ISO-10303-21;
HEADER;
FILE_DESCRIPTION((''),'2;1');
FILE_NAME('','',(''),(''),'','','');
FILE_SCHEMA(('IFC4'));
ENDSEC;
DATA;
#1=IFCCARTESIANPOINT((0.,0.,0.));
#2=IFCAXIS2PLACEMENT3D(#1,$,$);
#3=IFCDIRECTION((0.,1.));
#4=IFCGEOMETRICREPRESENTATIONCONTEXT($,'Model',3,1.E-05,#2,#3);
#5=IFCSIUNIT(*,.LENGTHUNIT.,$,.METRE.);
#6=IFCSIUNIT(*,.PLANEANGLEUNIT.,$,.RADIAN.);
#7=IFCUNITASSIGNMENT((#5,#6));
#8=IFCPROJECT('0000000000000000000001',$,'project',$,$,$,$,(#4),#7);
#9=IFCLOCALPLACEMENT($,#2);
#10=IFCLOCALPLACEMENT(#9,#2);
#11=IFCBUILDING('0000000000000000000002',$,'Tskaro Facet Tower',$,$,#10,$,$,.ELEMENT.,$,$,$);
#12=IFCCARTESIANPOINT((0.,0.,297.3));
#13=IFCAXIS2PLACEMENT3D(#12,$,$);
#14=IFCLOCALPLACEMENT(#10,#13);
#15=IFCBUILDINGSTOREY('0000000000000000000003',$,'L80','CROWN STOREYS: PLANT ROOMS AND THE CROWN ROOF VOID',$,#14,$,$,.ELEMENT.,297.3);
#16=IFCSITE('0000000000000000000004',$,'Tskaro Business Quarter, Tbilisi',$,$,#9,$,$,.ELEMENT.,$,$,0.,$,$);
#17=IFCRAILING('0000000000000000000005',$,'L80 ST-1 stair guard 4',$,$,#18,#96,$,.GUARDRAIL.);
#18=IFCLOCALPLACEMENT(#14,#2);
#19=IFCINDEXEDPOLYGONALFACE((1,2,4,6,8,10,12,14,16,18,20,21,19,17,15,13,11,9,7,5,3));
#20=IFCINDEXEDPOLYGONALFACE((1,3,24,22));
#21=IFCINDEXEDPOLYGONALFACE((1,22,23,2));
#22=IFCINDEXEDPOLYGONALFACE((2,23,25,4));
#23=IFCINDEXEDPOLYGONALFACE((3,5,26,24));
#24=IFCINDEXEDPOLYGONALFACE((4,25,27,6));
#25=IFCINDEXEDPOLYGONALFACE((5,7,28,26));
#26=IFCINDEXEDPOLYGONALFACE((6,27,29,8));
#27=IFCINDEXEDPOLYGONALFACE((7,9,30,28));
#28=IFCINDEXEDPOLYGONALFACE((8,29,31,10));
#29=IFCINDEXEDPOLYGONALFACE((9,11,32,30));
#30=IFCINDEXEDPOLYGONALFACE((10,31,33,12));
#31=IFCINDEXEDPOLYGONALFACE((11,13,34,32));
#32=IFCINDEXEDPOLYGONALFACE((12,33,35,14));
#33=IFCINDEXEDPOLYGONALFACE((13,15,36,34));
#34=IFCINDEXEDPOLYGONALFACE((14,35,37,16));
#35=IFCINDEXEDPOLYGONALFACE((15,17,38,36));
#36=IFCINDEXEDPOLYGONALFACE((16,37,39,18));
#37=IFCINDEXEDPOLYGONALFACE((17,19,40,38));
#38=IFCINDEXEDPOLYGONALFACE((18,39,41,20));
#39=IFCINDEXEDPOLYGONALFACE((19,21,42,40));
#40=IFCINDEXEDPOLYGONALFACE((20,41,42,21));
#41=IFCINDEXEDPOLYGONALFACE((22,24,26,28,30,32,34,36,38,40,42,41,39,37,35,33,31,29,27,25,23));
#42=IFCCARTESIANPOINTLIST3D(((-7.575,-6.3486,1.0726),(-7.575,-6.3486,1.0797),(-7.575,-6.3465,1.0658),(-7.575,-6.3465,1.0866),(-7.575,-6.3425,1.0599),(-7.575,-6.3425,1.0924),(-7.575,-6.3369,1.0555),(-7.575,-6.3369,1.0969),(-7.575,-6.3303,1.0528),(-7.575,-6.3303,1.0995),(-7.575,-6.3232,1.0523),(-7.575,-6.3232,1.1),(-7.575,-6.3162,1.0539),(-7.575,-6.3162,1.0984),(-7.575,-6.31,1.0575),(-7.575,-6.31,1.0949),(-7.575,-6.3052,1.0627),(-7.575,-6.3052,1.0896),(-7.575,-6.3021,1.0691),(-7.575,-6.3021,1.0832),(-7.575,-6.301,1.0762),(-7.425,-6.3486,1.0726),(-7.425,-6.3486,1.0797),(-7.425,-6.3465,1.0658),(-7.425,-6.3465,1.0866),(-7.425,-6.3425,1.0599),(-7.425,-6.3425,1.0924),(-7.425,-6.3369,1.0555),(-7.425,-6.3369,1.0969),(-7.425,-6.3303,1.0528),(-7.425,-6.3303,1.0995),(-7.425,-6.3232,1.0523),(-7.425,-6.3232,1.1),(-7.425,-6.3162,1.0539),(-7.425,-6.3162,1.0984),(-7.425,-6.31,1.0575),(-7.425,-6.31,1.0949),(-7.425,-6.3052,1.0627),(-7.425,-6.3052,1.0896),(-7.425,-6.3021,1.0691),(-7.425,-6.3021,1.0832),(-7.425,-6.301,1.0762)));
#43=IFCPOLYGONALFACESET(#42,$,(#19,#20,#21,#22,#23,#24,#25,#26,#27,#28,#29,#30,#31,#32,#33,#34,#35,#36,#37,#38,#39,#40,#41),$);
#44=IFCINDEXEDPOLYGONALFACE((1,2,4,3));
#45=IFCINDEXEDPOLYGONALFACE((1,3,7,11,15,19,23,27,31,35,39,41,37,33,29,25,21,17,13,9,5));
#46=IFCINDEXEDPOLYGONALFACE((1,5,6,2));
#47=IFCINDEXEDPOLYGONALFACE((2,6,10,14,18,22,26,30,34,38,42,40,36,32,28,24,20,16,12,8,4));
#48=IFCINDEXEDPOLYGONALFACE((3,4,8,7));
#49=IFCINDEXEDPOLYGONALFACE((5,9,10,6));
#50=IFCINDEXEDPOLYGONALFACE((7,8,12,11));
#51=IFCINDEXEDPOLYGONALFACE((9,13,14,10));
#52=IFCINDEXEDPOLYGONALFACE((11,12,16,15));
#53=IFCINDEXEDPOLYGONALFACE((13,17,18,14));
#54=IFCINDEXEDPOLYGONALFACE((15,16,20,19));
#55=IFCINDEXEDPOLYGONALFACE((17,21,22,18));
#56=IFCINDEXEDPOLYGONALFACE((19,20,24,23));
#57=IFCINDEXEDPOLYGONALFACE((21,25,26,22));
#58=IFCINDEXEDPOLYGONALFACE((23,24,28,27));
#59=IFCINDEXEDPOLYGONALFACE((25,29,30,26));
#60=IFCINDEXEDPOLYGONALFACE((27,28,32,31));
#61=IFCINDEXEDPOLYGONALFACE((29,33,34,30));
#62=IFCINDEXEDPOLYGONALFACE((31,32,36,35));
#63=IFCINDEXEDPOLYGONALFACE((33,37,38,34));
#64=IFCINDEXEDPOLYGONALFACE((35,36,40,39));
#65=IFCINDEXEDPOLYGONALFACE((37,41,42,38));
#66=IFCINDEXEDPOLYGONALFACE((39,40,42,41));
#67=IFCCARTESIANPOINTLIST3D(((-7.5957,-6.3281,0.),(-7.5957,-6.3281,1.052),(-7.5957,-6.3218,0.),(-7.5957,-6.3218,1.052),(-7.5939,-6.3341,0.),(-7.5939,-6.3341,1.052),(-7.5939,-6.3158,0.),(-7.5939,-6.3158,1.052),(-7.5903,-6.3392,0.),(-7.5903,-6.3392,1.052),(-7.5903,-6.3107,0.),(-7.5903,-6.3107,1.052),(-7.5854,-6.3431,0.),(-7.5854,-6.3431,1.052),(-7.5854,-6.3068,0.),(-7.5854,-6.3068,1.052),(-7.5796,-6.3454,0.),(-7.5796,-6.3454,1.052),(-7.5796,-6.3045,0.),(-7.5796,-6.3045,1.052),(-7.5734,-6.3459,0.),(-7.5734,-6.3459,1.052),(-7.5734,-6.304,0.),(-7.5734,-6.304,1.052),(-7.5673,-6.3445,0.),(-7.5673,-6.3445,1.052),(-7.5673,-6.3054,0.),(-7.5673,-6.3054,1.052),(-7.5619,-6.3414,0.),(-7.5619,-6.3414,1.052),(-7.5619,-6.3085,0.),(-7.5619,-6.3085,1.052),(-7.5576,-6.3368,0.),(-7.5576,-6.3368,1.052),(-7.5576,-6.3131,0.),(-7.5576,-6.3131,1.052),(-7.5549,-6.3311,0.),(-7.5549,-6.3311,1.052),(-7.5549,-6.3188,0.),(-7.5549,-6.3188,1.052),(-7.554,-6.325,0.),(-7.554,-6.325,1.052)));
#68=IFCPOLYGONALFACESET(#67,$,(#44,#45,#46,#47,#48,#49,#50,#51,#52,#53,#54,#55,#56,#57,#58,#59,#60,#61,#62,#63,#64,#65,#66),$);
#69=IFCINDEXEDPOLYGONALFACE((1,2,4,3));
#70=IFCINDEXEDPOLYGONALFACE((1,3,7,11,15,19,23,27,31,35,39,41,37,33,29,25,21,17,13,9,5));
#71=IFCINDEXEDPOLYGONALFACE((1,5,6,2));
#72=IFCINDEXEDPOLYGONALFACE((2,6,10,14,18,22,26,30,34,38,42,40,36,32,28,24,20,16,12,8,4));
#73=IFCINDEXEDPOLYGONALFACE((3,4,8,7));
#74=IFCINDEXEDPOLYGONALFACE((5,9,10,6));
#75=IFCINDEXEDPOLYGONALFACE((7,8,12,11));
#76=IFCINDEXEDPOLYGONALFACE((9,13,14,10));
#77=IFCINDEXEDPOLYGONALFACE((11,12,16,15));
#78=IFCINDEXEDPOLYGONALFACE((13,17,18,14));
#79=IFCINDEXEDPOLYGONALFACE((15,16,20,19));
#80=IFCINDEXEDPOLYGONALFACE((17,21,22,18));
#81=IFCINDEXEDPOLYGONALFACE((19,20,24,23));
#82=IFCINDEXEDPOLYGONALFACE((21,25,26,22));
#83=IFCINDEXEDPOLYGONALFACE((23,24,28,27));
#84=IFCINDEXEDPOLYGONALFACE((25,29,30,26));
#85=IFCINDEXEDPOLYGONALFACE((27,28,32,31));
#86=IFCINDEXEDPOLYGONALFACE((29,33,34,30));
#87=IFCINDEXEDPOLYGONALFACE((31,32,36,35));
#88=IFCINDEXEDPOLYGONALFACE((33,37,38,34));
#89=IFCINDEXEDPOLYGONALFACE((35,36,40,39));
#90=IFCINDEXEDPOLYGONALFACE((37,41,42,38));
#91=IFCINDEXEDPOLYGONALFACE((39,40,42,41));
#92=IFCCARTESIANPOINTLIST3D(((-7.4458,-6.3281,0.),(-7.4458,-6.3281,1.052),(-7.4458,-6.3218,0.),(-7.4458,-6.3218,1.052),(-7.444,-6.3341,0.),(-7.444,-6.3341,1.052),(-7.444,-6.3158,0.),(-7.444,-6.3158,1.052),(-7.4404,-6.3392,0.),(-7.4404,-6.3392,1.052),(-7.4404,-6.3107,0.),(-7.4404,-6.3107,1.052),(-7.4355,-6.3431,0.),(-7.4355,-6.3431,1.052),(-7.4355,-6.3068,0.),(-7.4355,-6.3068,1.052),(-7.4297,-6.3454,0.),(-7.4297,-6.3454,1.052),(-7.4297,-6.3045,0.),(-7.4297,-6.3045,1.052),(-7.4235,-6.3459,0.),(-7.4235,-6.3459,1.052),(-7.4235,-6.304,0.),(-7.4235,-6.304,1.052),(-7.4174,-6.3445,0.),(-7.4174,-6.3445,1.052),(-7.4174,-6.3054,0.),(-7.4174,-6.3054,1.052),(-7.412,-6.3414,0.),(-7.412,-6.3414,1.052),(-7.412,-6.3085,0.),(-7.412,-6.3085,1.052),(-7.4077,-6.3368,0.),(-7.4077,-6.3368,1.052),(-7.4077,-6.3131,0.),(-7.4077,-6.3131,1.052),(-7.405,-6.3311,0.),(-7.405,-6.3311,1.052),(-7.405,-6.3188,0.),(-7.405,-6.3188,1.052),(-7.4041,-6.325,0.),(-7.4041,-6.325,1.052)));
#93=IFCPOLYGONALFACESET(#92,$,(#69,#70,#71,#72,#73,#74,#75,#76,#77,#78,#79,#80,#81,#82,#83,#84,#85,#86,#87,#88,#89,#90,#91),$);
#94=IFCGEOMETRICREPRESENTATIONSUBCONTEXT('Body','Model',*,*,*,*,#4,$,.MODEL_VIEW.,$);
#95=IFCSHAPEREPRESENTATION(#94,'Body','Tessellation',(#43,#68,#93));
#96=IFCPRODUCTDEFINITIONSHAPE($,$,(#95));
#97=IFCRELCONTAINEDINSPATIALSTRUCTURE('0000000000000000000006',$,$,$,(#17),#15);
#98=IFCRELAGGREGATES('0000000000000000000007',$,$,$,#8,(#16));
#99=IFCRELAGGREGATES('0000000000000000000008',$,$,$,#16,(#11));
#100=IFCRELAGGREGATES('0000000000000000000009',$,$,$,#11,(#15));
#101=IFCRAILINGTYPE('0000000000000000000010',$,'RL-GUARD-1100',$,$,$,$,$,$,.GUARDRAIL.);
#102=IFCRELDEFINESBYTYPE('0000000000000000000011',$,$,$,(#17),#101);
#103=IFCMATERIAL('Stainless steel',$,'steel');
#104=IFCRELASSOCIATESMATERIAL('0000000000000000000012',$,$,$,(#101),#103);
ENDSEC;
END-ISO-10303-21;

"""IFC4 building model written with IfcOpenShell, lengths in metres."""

from ifc_helpers import new_model, si_unit, direction, frame, origin, origin_2d, place, context, subcontext, project, spatial, circle, extrude, material, type_object, element, save


model = new_model("IFC4")

# Units and contexts
model_context = context("Model", 3, precision=1e-05, world=origin(), true_north=direction((0.0, 1.0)))
body_context = subcontext(model_context, "Body", "Model", "MODEL_VIEW")
ifc_project = project(units=[si_unit("LENGTHUNIT", "METRE"), si_unit("PLANEANGLEUNIT", "RADIAN")], contexts=[model_context])

# Site, building, storey
site_placement = place(None, origin())
site = spatial("IfcSite", under=ifc_project, at=site_placement, Name="Tskaro Business Quarter, Tbilisi", CompositionType="ELEMENT", RefElevation=0.0)
building_placement = place(site_placement, origin())
building = spatial("IfcBuilding", under=site, at=building_placement, Name="Tskaro Facet Tower", CompositionType="ELEMENT")
storey_placement = place(building_placement, frame((0.0, 0.0, 297.3)))
storey = spatial("IfcBuildingStorey", under=building, at=storey_placement, Name="L80", Description="CROWN STOREYS: PLANT ROOMS AND THE CROWN ROOF VOID", CompositionType="ELEMENT", Elevation=297.3)

# Railing
ifc_material_1 = material(Name="Stainless steel", Category="steel")
railing_type_1 = type_object("IfcRailingType", Name="RL-GUARD-1100", PredefinedType="GUARDRAIL", material=ifc_material_1)
railing_1_placement = place(storey_placement, frame((-7.575, -6.325, 0.0)))
element("IfcRailing", 1, at=railing_1_placement, inside=storey, type_object=railing_type_1, Name="L80 ST-1 stair guard 4", PredefinedType="GUARDRAIL", context=body_context, shape_type="SweptSolid", body=[
    extrude(circle(Radius=0.0239, at=origin_2d()), frame((0.0, 0.0, 1.0762), z_axis=(1.0, 0.0, 0.0), x_axis=(0.0, 1.0, 0.0)), (0.0, 0.0, 1.0), 0.1499),
    extrude(circle(Radius=0.021, at=origin_2d()), origin(), (0.0, 0.0, 1.0), 1.052),
    extrude(circle(Radius=0.021, at=origin_2d()), frame((0.1499, 0.0, 0.0)), (0.0, 0.0, 1.0), 1.052),
])

save(model, "model.ifc")
